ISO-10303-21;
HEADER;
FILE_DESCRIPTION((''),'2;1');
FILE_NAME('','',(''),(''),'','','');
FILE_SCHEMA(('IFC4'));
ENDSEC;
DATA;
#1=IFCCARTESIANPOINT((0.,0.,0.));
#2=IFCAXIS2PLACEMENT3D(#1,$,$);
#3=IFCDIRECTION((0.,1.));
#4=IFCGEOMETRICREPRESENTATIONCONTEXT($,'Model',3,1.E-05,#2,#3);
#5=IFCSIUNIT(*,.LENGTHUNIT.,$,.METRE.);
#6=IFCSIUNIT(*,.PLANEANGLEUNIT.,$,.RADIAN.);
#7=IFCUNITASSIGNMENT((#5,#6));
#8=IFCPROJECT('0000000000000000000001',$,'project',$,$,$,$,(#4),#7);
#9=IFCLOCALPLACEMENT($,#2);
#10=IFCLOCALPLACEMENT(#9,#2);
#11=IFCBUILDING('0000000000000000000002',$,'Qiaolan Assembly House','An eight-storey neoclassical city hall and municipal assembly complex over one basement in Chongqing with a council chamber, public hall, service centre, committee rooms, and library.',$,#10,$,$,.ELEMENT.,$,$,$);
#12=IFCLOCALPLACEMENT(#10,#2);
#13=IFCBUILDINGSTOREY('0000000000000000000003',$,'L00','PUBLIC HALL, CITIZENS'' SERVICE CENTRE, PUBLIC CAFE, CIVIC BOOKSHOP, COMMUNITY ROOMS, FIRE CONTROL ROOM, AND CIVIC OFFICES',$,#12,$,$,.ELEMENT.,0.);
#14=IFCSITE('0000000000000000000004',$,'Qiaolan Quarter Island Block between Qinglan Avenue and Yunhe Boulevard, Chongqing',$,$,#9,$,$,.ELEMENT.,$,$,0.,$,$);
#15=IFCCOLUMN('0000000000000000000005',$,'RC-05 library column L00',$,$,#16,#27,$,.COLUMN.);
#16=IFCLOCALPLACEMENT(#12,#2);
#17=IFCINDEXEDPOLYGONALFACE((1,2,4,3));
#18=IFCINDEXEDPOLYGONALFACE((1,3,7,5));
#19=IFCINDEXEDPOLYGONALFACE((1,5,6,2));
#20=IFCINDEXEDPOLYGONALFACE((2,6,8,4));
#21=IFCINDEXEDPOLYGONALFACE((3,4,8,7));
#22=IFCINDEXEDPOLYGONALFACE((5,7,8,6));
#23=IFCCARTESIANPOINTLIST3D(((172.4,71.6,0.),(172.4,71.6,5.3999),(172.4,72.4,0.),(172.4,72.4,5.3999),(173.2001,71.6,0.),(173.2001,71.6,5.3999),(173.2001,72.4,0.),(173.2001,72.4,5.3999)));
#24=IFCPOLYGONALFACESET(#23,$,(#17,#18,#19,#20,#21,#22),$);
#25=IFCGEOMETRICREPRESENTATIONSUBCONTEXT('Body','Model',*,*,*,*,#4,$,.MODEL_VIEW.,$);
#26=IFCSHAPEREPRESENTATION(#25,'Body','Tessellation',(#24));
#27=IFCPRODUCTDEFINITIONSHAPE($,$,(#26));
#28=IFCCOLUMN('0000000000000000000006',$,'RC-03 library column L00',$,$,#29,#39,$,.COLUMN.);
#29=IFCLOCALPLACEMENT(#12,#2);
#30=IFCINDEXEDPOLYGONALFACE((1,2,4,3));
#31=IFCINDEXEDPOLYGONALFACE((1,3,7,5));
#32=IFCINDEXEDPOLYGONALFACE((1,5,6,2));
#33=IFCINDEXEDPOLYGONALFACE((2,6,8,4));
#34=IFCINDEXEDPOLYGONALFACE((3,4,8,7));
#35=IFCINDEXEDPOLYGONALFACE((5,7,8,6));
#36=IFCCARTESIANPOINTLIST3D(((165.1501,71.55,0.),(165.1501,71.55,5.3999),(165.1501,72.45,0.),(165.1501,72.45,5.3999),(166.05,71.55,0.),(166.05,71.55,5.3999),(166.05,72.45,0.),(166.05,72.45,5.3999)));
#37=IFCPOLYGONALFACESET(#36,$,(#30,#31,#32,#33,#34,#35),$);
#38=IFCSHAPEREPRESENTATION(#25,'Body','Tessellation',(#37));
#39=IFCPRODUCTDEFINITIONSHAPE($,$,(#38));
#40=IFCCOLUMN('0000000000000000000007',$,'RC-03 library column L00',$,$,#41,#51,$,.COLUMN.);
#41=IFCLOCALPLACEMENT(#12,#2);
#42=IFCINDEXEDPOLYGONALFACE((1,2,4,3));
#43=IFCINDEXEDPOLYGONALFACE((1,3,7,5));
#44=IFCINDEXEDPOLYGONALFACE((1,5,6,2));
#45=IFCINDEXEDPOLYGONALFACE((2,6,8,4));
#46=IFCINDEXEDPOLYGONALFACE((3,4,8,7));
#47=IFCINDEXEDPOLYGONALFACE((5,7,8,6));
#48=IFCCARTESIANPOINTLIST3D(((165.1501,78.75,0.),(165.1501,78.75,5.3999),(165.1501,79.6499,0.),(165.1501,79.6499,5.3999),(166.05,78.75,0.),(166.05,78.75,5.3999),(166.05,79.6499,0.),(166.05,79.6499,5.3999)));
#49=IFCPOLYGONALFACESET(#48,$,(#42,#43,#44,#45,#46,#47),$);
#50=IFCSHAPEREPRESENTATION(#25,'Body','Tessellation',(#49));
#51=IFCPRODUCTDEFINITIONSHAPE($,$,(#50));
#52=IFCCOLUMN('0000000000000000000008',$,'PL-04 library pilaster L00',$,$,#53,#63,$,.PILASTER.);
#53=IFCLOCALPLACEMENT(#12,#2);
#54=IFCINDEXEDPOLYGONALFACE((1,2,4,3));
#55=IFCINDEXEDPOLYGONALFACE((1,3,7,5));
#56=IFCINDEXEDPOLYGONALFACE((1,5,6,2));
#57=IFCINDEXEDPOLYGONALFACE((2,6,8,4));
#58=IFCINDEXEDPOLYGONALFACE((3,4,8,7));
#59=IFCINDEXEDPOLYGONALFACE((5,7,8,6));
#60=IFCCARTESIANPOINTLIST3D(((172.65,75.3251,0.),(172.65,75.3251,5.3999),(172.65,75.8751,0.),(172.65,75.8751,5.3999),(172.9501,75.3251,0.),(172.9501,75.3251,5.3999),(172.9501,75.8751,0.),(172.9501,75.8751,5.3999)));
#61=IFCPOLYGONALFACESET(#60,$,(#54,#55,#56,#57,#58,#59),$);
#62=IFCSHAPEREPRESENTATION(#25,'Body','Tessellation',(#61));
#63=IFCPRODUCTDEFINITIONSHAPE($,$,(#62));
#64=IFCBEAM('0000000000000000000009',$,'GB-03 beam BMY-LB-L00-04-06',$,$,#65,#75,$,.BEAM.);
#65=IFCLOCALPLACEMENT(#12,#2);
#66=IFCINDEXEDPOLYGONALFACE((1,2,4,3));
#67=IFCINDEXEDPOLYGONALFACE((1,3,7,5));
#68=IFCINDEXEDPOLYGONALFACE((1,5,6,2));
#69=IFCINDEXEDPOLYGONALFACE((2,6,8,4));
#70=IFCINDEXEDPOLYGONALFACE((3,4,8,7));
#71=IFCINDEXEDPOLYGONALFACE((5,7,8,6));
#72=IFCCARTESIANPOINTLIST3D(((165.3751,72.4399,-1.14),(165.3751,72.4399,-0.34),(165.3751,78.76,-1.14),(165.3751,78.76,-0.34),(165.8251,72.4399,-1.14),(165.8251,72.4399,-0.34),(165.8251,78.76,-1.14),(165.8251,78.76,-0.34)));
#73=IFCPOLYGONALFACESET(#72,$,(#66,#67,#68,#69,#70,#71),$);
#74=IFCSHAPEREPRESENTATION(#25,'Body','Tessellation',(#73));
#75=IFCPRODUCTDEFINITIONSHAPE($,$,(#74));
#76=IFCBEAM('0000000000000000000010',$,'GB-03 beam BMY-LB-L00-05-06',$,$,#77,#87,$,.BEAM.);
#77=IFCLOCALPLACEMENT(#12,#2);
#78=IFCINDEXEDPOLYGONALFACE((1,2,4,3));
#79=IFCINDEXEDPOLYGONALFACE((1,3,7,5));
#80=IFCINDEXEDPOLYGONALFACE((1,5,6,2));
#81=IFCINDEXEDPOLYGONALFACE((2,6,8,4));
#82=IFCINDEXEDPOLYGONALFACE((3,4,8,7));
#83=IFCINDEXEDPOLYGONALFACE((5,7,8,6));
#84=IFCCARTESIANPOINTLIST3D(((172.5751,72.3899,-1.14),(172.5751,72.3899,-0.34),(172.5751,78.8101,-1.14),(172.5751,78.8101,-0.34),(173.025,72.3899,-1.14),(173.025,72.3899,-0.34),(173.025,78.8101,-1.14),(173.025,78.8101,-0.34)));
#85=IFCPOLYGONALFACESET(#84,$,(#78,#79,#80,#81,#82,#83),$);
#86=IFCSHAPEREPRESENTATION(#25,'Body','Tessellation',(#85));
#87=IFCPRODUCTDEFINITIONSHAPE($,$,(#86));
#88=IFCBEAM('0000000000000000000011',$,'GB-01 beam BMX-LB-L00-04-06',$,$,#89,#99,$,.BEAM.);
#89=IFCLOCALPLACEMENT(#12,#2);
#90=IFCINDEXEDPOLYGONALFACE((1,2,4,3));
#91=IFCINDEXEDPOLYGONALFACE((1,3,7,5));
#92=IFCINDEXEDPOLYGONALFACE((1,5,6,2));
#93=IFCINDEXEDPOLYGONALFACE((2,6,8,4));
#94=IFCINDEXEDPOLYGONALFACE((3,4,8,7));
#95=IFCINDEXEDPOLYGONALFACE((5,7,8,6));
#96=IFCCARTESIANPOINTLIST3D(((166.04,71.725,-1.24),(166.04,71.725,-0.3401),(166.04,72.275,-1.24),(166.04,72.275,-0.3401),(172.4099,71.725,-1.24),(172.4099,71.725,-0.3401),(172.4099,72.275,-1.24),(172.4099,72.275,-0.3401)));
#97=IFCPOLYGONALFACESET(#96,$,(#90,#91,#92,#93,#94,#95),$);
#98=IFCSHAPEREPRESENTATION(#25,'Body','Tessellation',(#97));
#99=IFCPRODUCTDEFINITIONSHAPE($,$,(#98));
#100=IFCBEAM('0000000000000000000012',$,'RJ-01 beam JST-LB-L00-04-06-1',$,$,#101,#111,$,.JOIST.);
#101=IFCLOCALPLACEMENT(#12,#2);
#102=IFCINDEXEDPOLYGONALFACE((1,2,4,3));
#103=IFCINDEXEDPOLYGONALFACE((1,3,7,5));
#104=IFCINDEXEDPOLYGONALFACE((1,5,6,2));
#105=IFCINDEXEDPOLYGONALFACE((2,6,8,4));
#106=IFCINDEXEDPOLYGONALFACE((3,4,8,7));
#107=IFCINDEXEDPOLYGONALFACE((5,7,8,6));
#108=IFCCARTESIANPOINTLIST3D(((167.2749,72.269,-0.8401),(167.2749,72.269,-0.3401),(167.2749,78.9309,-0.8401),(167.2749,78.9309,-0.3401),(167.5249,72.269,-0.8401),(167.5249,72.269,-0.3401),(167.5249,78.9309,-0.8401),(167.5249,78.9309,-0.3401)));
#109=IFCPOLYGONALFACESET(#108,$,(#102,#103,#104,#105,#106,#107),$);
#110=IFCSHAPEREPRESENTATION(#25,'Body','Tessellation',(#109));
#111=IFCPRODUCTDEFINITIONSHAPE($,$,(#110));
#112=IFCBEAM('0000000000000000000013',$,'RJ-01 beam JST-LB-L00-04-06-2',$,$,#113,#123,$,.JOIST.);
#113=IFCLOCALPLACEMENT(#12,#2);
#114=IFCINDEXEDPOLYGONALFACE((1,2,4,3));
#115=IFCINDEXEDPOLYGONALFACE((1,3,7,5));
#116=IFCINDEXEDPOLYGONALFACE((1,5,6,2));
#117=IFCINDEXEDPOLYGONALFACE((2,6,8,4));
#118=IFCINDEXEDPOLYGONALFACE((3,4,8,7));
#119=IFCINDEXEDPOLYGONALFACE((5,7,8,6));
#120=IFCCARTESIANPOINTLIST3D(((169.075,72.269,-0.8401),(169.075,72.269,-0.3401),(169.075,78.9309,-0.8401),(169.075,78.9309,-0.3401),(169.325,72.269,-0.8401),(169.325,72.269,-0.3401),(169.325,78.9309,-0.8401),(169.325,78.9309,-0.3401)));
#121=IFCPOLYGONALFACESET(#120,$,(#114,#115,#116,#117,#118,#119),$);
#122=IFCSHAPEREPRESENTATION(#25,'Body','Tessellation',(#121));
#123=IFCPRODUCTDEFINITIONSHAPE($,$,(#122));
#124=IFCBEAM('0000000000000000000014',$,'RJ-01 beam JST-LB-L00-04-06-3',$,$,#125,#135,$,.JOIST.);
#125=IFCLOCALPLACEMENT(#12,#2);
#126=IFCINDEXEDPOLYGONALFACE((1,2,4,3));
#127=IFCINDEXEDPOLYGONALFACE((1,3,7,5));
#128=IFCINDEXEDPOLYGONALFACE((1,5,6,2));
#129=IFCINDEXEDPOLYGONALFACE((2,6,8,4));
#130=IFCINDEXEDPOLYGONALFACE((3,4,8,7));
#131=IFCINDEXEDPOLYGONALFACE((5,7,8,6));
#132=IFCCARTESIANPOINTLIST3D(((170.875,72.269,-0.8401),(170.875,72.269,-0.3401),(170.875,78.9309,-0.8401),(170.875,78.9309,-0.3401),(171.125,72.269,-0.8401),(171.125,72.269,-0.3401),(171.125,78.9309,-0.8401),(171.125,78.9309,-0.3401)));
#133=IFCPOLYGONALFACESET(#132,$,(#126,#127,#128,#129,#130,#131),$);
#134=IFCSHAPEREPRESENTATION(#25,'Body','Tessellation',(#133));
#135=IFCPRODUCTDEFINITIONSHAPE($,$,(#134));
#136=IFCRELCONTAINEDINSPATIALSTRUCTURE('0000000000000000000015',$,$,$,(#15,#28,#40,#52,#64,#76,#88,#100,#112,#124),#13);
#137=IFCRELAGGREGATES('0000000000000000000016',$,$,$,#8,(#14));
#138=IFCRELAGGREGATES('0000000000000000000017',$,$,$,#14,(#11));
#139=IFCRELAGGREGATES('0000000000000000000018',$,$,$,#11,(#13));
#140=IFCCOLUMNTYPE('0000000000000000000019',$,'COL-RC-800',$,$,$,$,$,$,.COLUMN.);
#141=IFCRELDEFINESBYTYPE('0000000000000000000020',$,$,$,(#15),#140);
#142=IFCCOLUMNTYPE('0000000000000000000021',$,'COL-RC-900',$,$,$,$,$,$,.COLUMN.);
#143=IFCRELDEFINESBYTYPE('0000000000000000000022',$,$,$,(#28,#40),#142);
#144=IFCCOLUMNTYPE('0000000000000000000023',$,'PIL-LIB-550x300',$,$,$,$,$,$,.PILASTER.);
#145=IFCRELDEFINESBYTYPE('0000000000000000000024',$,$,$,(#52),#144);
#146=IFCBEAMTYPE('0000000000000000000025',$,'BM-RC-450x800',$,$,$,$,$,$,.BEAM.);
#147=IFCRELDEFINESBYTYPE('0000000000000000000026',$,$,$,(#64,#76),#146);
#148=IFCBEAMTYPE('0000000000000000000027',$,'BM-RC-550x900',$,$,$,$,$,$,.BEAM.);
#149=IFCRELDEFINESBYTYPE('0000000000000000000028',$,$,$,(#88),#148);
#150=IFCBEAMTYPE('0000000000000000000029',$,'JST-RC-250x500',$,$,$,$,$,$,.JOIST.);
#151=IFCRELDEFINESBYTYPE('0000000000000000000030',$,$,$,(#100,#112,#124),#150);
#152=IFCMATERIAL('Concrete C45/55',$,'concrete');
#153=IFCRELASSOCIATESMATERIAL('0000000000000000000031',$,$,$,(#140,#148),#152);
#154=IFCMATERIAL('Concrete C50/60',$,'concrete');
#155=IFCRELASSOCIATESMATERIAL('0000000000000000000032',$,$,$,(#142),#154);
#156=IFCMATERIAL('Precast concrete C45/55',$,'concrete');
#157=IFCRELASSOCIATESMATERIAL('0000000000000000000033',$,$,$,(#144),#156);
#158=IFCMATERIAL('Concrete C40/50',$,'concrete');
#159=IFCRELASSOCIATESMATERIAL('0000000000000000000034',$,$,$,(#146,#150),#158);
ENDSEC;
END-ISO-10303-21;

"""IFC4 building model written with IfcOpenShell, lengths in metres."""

from ifc_helpers import new_model, si_unit, direction, frame, origin, origin_2d, place, context, subcontext, project, spatial, rectangle, extrude, material, material_profile, profile_set, type_object, element, save


model = new_model("IFC4")

# Units and contexts
model_context = context("Model", 3, precision=1e-05, world=origin(), true_north=direction((0.0, 1.0)))
body_context = subcontext(model_context, "Body", "Model", "MODEL_VIEW")
ifc_project = project(units=[si_unit("LENGTHUNIT", "METRE"), si_unit("PLANEANGLEUNIT", "RADIAN")], contexts=[model_context])

# Site, building, storey
site_placement = place(None, origin())
site = spatial("IfcSite", under=ifc_project, at=site_placement, Name="Qiaolan Quarter Island Block between Qinglan Avenue and Yunhe Boulevard, Chongqing", CompositionType="ELEMENT", RefElevation=0.0)
building_placement = place(site_placement, origin())
building = spatial("IfcBuilding", under=site, at=building_placement, Name="Qiaolan Assembly House", Description="An eight-storey neoclassical city hall and municipal assembly complex over one basement in Chongqing with a council chamber, public hall, service centre, committee rooms, and library.", CompositionType="ELEMENT")
storey_placement = place(building_placement, origin())
storey = spatial("IfcBuildingStorey", under=building, at=storey_placement, Name="L00", Description="PUBLIC HALL, CITIZENS' SERVICE CENTRE, PUBLIC CAFE, CIVIC BOOKSHOP, COMMUNITY ROOMS, FIRE CONTROL ROOM, AND CIVIC OFFICES", CompositionType="ELEMENT", Elevation=0.0)

# Columns
ifc_material_1 = material(Name="Concrete C45/55", Category="concrete")
ifc_material_profile_1 = material_profile(ifc_material_1, rectangle(XDim=0.8, YDim=0.8, at=origin_2d()), Name="RC 800x800")
ifc_profile_set_1 = profile_set([ifc_material_profile_1], Name="Concrete C45/55")
column_type_1 = type_object("IfcColumnType", Name="COL-RC-800", PredefinedType="COLUMN", material=ifc_profile_set_1)
column_1_placement = place(storey_placement, frame((172.8, 72.0, 0.0), z_axis=(0.0, 0.0, 1.0), x_axis=(1.0, 0.0, 0.0)))
element("IfcColumn", 1, at=column_1_placement, inside=storey, type_object=column_type_1, Name="RC-05 library column L00", PredefinedType="COLUMN", context=body_context, shape_type="SweptSolid", body=[
    extrude(rectangle(XDim=0.8, YDim=0.8, at=origin_2d()), origin(), (0.0, 0.0, 1.0), 5.3999),
])
ifc_material_2 = material(Name="Concrete C50/60", Category="concrete")
ifc_material_profile_2 = material_profile(ifc_material_2, rectangle(XDim=0.8999, YDim=0.8999, at=origin_2d()), Name="RC 900x900")
ifc_profile_set_2 = profile_set([ifc_material_profile_2], Name="Concrete C50/60")
column_type_2 = type_object("IfcColumnType", Name="COL-RC-900", PredefinedType="COLUMN", material=ifc_profile_set_2)
for number, where, z_axis, x_axis, name in (
    (2, (165.6001, 72.0, 0.0), (0.0, 0.0, 1.0), (1.0, 0.0, 0.0), "RC-03 library column L00"),
    (3, (165.6001, 79.2, 0.0), (0.0, 0.0, 1.0), (1.0, 0.0, 0.0), "RC-03 library column L00"),
):
    element("IfcColumn", number, at=place(storey_placement, frame(where, z_axis=z_axis, x_axis=x_axis)), inside=storey, type_object=column_type_2, Name=name, PredefinedType="COLUMN", context=body_context, shape_type="SweptSolid", body=[
        extrude(rectangle(XDim=0.8999, YDim=0.8999, at=origin_2d()), origin(), (0.0, 0.0, 1.0), 5.3999),
    ])
ifc_material_3 = material(Name="Precast concrete C45/55", Category="concrete")
ifc_material_profile_3 = material_profile(ifc_material_3, rectangle(XDim=0.55, YDim=0.3, at=origin_2d()), Name="PIL 550x300")
ifc_profile_set_3 = profile_set([ifc_material_profile_3], Name="Precast concrete C45/55")
column_type_3 = type_object("IfcColumnType", Name="PIL-LIB-550x300", PredefinedType="PILASTER", material=ifc_profile_set_3)
column_2_placement = place(storey_placement, frame((172.8, 75.6001, 0.0), z_axis=(0.0, 0.0, 1.0), x_axis=(0.0, 1.0, 0.0)))
element("IfcColumn", 4, at=column_2_placement, inside=storey, type_object=column_type_3, Name="PL-04 library pilaster L00", PredefinedType="PILASTER", context=body_context, shape_type="SweptSolid", body=[
    extrude(rectangle(XDim=0.55, YDim=0.3, at=origin_2d()), origin(), (0.0, 0.0, 1.0), 5.3999),
])

# Beams
ifc_material_4 = material(Name="Concrete C40/50", Category="concrete")
ifc_material_profile_4 = material_profile(ifc_material_4, rectangle(XDim=0.45, YDim=0.8, at=origin_2d()), Name="RCB 450x800")
ifc_profile_set_4 = profile_set([ifc_material_profile_4], Name="Concrete C40/50")
beam_type_1 = type_object("IfcBeamType", Name="BM-RC-450x800", PredefinedType="BEAM", material=ifc_profile_set_4)
beam_1_placement = place(storey_placement, frame((165.6001, 72.4399, -0.74), z_axis=(0.0, 1.0, 0.0), x_axis=(-1.0, 0.0, 0.0)))
element("IfcBeam", 5, at=beam_1_placement, inside=storey, type_object=beam_type_1, Name="GB-03 beam BMY-LB-L00-04-06", PredefinedType="BEAM", context=body_context, shape_type="SweptSolid", body=[
    extrude(rectangle(XDim=0.45, YDim=0.8, at=origin_2d()), origin(), (0.0, 0.0, 1.0), 6.3201),
])
beam_2_placement = place(storey_placement, frame((172.8, 72.3899, -0.74), z_axis=(0.0, 1.0, 0.0), x_axis=(-1.0, 0.0, 0.0)))
element("IfcBeam", 6, at=beam_2_placement, inside=storey, type_object=beam_type_1, Name="GB-03 beam BMY-LB-L00-05-06", PredefinedType="BEAM", context=body_context, shape_type="SweptSolid", body=[
    extrude(rectangle(XDim=0.45, YDim=0.8, at=origin_2d()), origin(), (0.0, 0.0, 1.0), 6.4202),
])
ifc_material_profile_5 = material_profile(ifc_material_1, rectangle(XDim=0.55, YDim=0.8999, at=origin_2d()), Name="RCB 550x900")
ifc_profile_set_5 = profile_set([ifc_material_profile_5], Name="Concrete C45/55")
beam_type_2 = type_object("IfcBeamType", Name="BM-RC-550x900", PredefinedType="BEAM", material=ifc_profile_set_5)
beam_3_placement = place(storey_placement, frame((166.04, 72.0, -0.79), z_axis=(1.0, 0.0, 0.0), x_axis=(0.0, 1.0, 0.0)))
element("IfcBeam", 7, at=beam_3_placement, inside=storey, type_object=beam_type_2, Name="GB-01 beam BMX-LB-L00-04-06", PredefinedType="BEAM", context=body_context, shape_type="SweptSolid", body=[
    extrude(rectangle(XDim=0.55, YDim=0.8999, at=origin_2d()), origin(), (0.0, 0.0, 1.0), 6.3699),
])
ifc_material_profile_6 = material_profile(ifc_material_4, rectangle(XDim=0.25, YDim=0.5, at=origin_2d()), Name="RCB 250x500")
ifc_profile_set_6 = profile_set([ifc_material_profile_6], Name="Concrete C40/50")
beam_type_3 = type_object("IfcBeamType", Name="JST-RC-250x500", PredefinedType="JOIST", material=ifc_profile_set_6)
for number, where, z_axis, x_axis, name in (
    (8, (167.3999, 72.269, -0.5901), (0.0, 1.0, 0.0), (-1.0, 0.0, 0.0), "RJ-01 beam JST-LB-L00-04-06-1"),
    (9, (169.2, 72.269, -0.5901), (0.0, 1.0, 0.0), (-1.0, 0.0, 0.0), "RJ-01 beam JST-LB-L00-04-06-2"),
    (10, (171.0, 72.269, -0.5901), (0.0, 1.0, 0.0), (-1.0, 0.0, 0.0), "RJ-01 beam JST-LB-L00-04-06-3"),
):
    element("IfcBeam", number, at=place(storey_placement, frame(where, z_axis=z_axis, x_axis=x_axis)), inside=storey, type_object=beam_type_3, Name=name, PredefinedType="JOIST", context=body_context, shape_type="SweptSolid", body=[
        extrude(rectangle(XDim=0.25, YDim=0.5, at=origin_2d()), origin(), (0.0, 0.0, 1.0), 6.6619),
    ])

save(model, "model.ifc")
